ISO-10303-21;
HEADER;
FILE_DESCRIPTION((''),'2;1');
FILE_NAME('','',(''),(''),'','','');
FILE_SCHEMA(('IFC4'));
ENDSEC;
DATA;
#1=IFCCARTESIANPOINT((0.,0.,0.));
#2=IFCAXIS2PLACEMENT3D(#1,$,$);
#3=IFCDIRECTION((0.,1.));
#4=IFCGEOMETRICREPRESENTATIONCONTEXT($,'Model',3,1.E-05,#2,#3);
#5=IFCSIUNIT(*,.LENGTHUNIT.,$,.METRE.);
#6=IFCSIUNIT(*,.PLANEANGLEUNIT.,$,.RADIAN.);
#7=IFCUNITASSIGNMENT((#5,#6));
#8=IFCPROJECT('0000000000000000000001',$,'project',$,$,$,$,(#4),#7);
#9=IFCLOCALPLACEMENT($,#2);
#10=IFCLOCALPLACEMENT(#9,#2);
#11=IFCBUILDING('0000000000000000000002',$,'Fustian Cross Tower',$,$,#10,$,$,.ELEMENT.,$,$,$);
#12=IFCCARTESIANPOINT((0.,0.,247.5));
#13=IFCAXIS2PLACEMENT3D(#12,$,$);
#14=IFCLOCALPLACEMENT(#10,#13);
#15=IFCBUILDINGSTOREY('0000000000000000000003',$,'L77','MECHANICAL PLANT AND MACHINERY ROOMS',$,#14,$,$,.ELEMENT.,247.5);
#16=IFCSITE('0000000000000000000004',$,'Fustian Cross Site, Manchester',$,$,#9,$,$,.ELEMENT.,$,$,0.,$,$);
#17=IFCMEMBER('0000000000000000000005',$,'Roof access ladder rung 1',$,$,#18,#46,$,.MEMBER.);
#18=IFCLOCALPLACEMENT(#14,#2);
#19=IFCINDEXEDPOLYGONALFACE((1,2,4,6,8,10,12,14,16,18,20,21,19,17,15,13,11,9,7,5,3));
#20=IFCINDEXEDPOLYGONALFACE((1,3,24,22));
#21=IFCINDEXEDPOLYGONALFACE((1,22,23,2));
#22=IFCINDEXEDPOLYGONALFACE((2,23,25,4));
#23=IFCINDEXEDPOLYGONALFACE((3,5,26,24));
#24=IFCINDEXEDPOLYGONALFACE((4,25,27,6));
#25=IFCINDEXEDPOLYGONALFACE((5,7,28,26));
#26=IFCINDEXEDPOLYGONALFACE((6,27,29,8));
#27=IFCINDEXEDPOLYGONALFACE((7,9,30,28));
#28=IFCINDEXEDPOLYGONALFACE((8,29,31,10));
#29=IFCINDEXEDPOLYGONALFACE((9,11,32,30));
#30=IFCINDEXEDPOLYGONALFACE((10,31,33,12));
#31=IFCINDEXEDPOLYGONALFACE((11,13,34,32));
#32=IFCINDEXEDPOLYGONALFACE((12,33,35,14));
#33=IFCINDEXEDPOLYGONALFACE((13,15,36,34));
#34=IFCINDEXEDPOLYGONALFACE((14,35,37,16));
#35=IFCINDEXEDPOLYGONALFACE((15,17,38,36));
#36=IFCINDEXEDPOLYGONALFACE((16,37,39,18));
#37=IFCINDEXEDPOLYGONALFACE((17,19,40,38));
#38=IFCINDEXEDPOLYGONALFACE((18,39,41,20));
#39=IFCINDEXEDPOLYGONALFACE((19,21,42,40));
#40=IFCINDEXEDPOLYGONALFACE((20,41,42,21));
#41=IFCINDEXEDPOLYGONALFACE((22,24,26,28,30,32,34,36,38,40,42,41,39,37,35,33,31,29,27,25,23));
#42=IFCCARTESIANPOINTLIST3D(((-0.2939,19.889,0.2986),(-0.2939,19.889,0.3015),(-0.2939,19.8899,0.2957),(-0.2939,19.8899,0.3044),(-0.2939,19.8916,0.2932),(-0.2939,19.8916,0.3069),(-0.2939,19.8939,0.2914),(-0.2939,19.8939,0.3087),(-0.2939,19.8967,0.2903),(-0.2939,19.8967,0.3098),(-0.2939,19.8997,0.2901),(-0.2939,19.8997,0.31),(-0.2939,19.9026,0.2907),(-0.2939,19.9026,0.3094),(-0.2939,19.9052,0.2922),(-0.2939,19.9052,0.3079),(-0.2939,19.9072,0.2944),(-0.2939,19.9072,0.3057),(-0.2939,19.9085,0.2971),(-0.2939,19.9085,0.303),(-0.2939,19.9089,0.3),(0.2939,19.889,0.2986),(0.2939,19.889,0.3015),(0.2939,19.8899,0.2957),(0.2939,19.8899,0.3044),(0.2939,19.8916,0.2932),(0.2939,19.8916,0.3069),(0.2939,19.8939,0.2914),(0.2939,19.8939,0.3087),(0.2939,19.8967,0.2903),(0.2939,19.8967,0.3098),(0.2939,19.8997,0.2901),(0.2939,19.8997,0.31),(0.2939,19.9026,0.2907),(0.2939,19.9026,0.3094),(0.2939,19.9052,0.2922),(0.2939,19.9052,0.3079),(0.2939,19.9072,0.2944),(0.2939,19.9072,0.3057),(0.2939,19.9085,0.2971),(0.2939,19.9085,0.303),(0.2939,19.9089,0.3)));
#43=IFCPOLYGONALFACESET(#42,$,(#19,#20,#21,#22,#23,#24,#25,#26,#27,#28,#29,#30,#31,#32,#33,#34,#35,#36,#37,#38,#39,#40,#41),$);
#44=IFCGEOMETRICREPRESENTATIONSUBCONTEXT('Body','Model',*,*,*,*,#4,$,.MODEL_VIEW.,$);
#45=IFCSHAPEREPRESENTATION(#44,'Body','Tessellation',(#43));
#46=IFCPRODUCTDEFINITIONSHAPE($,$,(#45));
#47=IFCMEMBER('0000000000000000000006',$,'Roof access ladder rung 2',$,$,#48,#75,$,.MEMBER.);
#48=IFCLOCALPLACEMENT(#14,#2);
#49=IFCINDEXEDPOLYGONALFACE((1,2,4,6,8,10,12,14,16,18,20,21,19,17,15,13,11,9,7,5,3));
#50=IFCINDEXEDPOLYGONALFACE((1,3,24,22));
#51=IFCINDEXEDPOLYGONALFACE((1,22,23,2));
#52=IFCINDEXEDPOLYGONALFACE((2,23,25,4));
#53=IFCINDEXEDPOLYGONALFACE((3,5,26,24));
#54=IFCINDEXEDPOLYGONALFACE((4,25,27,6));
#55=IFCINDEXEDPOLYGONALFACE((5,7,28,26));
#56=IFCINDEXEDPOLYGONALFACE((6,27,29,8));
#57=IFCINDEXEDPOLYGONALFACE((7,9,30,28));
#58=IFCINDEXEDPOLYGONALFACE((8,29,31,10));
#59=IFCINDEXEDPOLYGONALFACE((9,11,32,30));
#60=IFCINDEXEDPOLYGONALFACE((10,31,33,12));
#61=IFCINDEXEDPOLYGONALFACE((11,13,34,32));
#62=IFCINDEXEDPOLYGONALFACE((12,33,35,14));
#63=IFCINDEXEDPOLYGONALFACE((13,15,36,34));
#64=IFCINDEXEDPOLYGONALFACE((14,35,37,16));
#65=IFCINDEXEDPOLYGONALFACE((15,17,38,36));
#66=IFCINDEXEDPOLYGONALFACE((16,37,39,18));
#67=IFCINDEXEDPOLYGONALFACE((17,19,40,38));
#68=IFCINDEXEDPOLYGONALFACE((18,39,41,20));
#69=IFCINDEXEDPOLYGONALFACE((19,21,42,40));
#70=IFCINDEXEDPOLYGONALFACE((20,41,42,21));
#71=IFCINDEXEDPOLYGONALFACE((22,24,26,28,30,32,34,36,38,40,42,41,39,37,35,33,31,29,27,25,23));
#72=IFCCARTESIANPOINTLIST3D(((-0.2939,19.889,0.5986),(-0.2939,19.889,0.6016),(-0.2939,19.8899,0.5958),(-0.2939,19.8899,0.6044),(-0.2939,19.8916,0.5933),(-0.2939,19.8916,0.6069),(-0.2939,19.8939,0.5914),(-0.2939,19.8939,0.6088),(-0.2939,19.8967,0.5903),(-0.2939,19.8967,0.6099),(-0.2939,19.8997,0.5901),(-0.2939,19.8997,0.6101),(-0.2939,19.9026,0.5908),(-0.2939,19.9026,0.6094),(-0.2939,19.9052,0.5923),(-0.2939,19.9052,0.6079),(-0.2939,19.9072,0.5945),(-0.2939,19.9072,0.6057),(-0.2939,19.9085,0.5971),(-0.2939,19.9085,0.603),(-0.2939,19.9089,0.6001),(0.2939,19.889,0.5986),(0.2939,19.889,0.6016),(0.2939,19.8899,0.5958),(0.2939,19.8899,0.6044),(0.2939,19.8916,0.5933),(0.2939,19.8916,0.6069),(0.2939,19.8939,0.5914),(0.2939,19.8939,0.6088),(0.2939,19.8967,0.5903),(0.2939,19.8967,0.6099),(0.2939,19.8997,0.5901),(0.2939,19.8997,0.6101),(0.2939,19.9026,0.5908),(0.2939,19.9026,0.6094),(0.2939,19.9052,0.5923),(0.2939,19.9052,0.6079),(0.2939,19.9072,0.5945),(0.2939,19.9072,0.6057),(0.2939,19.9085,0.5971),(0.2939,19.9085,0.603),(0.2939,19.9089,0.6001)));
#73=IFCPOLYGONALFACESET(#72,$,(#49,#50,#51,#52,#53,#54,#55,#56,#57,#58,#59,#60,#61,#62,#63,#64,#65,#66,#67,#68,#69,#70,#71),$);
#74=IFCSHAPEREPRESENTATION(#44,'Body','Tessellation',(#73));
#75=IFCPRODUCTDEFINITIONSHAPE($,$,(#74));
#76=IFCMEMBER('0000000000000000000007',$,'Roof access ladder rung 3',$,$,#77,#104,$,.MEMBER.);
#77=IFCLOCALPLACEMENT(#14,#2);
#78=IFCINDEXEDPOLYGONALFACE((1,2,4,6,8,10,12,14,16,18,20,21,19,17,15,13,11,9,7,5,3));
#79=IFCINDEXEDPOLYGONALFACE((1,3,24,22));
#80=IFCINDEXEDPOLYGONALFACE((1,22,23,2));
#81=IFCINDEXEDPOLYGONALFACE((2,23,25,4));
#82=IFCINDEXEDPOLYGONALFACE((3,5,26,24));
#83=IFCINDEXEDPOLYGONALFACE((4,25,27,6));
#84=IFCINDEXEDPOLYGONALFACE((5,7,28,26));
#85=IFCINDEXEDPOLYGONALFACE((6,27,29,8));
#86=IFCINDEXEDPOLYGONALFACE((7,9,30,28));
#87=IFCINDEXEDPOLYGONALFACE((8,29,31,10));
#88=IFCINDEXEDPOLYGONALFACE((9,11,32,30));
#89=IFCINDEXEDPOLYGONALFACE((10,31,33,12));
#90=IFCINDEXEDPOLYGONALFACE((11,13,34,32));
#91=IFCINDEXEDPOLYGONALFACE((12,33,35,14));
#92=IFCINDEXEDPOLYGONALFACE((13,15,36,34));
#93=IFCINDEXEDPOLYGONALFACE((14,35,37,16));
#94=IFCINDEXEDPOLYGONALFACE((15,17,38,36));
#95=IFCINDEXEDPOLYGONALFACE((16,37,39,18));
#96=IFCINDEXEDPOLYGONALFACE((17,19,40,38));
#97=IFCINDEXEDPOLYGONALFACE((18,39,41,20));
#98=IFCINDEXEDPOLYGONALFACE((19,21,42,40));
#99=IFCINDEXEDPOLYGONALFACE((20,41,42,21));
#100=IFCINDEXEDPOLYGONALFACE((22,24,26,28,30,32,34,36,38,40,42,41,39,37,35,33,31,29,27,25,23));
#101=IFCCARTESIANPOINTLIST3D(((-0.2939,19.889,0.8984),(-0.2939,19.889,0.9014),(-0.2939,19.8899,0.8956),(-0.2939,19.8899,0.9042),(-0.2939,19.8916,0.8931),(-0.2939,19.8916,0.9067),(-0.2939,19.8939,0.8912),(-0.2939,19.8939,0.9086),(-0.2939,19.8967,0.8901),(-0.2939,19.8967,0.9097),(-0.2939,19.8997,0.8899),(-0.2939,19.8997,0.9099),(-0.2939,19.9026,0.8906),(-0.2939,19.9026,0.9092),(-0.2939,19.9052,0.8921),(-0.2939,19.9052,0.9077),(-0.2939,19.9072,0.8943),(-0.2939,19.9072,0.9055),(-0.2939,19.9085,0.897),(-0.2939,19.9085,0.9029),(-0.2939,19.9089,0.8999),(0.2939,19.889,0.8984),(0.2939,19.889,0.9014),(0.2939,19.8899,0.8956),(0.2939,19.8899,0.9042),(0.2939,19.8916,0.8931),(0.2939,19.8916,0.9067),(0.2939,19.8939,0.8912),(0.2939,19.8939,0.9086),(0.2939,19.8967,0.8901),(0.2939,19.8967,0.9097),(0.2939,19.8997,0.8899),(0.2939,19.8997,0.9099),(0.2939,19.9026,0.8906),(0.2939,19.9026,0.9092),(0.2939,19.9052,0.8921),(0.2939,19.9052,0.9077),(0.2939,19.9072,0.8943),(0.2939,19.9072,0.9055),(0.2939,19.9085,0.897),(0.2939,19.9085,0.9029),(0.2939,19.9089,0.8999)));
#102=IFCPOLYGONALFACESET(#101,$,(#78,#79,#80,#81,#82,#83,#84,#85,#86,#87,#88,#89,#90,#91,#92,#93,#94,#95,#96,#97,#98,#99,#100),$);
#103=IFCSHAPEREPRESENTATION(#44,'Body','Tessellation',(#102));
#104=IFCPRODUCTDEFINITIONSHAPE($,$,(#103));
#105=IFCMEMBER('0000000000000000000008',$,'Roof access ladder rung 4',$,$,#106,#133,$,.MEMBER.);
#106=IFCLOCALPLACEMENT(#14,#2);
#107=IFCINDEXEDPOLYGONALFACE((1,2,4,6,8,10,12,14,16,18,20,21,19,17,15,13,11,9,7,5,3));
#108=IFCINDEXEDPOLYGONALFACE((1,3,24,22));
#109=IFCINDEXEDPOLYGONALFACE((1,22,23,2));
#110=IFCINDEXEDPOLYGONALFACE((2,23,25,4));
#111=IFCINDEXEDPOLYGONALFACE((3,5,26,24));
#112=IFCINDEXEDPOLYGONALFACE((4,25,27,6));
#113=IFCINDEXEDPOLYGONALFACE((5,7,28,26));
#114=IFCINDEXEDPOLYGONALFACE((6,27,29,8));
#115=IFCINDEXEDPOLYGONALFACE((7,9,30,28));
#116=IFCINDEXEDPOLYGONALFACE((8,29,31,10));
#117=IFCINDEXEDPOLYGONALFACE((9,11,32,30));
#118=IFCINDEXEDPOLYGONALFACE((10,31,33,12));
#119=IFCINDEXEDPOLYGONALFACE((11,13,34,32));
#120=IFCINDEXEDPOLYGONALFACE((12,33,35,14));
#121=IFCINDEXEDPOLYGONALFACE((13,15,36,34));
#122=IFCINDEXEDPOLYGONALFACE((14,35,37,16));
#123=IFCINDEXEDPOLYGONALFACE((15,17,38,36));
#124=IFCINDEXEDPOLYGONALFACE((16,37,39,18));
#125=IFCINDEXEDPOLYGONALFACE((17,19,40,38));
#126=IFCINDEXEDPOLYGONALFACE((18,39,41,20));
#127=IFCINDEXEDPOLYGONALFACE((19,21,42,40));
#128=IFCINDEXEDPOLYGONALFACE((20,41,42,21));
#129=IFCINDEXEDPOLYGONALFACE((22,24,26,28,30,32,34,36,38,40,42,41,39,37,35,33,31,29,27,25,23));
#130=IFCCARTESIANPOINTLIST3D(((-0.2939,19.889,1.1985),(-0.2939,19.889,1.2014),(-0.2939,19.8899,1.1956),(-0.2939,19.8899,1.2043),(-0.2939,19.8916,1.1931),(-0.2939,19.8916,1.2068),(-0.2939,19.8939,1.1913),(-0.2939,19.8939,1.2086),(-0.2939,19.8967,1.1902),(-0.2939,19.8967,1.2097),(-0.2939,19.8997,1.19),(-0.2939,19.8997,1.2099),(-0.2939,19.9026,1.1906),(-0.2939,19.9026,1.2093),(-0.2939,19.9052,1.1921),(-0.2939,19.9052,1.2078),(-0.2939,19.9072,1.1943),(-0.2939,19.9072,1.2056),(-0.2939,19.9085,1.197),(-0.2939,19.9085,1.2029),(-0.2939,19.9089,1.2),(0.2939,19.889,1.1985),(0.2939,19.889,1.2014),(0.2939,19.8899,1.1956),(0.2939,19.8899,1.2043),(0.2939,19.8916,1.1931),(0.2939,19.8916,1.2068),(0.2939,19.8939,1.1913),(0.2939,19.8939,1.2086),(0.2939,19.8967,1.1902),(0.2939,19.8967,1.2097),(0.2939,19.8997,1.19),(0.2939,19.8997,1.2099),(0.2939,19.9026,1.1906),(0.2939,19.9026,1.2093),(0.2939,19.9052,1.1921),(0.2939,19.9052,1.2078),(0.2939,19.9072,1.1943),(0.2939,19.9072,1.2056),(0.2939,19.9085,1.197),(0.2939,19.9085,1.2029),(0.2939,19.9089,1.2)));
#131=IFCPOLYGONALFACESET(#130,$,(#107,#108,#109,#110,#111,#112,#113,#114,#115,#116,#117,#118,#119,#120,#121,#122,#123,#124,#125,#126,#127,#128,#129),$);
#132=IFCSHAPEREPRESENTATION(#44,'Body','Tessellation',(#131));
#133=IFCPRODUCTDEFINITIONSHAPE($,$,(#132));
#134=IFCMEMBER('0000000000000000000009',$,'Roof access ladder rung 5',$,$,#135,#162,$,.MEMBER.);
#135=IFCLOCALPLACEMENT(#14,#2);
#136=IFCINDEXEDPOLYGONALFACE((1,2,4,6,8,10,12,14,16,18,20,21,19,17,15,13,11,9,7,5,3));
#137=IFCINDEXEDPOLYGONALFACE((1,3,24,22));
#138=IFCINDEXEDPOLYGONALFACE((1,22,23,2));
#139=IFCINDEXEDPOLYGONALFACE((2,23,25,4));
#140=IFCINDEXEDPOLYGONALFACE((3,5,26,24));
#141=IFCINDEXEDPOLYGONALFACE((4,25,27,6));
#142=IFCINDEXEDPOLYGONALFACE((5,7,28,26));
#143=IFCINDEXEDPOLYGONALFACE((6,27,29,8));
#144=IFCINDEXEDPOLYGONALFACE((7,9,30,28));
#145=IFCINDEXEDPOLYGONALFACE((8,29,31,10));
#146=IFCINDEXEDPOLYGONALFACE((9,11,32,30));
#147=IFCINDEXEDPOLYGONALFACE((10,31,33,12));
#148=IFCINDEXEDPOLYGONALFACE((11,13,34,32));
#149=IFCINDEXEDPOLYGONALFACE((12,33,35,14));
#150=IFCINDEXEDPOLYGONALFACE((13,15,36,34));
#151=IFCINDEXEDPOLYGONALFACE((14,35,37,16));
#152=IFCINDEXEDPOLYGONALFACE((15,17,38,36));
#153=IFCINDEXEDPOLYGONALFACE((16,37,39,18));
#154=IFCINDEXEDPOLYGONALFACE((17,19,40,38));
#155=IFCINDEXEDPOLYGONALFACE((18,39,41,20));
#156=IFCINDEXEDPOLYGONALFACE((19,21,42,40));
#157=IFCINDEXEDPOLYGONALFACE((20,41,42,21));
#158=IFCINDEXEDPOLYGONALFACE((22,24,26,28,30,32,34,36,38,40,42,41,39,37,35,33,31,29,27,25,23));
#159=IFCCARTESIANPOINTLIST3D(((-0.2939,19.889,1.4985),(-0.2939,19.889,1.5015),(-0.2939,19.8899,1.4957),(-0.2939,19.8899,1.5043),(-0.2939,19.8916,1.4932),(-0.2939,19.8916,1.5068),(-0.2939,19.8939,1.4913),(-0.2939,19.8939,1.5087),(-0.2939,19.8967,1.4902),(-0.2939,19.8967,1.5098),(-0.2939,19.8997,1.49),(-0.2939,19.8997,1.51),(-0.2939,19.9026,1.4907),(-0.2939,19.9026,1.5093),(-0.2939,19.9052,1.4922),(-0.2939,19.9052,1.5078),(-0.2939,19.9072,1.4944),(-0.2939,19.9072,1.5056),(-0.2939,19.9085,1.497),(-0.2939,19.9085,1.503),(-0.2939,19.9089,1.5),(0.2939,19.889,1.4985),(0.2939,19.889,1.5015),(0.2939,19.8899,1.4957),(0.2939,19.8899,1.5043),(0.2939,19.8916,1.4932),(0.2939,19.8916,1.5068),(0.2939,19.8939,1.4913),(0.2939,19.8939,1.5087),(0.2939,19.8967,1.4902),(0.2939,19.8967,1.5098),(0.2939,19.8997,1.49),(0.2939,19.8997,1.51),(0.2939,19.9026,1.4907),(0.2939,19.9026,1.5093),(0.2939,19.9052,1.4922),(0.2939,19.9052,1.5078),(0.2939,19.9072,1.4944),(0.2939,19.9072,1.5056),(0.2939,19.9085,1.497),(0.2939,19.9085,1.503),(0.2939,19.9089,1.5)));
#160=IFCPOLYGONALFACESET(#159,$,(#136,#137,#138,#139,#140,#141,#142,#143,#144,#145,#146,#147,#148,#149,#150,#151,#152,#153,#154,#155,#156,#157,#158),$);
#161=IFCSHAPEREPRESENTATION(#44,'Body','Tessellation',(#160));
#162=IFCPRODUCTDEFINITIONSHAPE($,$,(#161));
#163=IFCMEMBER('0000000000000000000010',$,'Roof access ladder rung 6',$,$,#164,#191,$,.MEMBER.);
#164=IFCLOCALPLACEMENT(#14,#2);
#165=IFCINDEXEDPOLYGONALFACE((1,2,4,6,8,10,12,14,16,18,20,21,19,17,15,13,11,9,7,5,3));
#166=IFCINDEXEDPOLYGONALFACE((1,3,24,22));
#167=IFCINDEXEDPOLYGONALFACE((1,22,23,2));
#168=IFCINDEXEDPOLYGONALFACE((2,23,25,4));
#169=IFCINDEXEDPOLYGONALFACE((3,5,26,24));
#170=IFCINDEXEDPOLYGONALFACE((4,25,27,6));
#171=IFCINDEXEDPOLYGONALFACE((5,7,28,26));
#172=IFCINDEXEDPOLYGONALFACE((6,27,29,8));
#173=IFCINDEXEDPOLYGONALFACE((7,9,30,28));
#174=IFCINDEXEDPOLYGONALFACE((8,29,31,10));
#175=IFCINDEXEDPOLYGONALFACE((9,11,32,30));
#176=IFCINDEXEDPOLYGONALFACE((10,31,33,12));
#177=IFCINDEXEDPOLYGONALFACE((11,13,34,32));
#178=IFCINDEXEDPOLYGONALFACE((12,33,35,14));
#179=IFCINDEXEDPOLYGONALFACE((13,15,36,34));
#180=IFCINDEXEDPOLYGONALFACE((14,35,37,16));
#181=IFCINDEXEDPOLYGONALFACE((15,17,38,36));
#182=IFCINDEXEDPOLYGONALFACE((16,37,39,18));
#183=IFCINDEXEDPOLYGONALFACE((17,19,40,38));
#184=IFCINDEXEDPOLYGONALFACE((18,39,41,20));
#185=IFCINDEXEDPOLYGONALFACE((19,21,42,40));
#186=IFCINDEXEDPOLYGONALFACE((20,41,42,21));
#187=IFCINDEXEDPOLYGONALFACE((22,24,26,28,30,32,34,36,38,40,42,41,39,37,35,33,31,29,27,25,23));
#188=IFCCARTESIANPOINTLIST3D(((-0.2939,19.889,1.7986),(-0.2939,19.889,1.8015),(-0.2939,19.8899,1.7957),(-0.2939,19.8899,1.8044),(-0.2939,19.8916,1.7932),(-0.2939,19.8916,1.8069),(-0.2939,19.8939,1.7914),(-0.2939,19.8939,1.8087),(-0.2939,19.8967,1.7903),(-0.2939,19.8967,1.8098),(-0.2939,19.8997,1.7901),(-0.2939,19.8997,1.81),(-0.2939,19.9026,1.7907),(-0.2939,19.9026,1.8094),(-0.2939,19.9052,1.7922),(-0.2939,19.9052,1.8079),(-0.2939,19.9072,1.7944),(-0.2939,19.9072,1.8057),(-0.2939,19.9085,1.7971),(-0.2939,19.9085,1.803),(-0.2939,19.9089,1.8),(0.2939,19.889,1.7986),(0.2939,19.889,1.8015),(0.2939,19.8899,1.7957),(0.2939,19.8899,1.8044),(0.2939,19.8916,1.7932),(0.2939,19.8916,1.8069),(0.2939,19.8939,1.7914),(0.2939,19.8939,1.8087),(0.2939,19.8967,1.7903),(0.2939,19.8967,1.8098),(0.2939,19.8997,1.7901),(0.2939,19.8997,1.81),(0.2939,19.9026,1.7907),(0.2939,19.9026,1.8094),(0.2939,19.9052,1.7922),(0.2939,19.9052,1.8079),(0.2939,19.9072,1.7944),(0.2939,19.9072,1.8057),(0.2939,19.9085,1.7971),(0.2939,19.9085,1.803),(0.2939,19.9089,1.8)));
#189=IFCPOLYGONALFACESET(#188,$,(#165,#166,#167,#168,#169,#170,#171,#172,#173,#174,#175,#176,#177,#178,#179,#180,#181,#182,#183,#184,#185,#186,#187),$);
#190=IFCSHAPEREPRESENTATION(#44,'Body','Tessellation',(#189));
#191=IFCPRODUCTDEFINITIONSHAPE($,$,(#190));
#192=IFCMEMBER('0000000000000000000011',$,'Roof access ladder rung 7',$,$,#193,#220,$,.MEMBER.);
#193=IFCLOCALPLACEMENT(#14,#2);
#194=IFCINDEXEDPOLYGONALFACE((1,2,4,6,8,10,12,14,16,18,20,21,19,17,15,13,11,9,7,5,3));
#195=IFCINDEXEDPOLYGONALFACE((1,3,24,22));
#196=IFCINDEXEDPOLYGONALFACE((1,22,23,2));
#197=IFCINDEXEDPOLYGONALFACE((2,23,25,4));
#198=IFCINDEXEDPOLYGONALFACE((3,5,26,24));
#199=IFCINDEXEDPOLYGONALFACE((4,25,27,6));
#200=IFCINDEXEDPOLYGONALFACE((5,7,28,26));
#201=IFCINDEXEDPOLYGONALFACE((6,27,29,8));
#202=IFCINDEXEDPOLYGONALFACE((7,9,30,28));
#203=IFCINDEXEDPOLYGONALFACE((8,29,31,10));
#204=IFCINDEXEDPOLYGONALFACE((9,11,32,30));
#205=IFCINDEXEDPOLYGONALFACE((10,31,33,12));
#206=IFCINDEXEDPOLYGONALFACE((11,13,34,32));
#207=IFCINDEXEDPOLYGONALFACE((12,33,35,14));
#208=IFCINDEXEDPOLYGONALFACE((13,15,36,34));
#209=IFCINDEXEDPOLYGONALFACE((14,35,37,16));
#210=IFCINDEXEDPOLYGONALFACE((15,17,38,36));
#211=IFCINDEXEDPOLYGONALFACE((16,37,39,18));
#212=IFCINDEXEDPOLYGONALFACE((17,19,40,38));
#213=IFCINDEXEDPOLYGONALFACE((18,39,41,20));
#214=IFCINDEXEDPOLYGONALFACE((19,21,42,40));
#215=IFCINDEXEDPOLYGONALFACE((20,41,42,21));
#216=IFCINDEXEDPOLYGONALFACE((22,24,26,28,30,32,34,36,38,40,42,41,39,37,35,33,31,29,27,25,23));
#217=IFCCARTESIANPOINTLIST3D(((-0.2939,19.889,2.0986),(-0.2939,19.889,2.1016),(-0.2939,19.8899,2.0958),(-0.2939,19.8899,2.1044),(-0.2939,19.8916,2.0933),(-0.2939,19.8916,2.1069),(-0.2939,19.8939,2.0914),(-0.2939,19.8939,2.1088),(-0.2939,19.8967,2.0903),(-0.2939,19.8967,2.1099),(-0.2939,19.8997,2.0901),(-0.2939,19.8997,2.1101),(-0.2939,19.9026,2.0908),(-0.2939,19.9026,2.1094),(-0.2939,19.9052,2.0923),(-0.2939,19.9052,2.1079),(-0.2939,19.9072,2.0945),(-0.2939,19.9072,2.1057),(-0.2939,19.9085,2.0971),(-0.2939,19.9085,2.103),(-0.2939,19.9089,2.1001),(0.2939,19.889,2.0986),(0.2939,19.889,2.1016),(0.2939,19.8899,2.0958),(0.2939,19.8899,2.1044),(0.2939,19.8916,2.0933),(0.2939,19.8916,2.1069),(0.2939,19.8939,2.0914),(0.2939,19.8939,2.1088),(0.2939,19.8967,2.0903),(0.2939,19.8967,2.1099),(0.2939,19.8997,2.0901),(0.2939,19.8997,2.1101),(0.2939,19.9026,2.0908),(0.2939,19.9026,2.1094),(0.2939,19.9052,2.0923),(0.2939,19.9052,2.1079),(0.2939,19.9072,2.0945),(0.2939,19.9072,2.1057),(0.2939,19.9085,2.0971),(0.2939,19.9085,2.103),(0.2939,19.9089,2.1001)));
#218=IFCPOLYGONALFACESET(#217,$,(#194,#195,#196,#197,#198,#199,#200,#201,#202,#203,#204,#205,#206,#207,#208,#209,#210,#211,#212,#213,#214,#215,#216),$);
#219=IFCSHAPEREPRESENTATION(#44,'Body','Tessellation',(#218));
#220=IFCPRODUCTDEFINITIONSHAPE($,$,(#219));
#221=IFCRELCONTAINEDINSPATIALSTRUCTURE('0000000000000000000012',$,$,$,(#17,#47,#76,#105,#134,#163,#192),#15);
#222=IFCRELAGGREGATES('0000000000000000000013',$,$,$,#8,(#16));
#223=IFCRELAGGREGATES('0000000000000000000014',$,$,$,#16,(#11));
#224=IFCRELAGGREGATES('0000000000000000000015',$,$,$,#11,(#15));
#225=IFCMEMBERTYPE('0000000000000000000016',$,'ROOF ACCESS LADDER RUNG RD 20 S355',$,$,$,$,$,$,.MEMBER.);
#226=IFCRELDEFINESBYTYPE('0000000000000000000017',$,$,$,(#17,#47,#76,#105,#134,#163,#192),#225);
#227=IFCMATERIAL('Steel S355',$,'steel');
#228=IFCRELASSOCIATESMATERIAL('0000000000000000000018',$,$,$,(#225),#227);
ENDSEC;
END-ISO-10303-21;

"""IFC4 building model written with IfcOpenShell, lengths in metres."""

from ifc_helpers import new_model, si_unit, direction, frame, origin, origin_2d, place, context, subcontext, project, spatial, circle, extrude, material, material_profile, profile_set, type_object, element, save


model = new_model("IFC4")

# Units and contexts
model_context = context("Model", 3, precision=1e-05, world=origin(), true_north=direction((0.0, 1.0)))
body_context = subcontext(model_context, "Body", "Model", "MODEL_VIEW")
ifc_project = project(units=[si_unit("LENGTHUNIT", "METRE"), si_unit("PLANEANGLEUNIT", "RADIAN")], contexts=[model_context])

# Site, building, storey
site_placement = place(None, origin())
site = spatial("IfcSite", under=ifc_project, at=site_placement, Name="Fustian Cross Site, Manchester", CompositionType="ELEMENT", RefElevation=0.0)
building_placement = place(site_placement, origin())
building = spatial("IfcBuilding", under=site, at=building_placement, Name="Fustian Cross Tower", CompositionType="ELEMENT")
storey_placement = place(building_placement, frame((0.0, 0.0, 247.5)))
storey = spatial("IfcBuildingStorey", under=building, at=storey_placement, Name="L77", Description="MECHANICAL PLANT AND MACHINERY ROOMS", CompositionType="ELEMENT", Elevation=247.5)

# Members
ifc_material_1 = material(Name="Steel S355", Category="steel")
ifc_material_profile_1 = material_profile(ifc_material_1, circle(Radius=0.01, at=origin_2d()), Name="ROOF ACCESS LADDER RUNG RD 20 S355")
ifc_profile_set_1 = profile_set([ifc_material_profile_1], Name="Steel S355")
member_type_1 = type_object("IfcMemberType", Name="ROOF ACCESS LADDER RUNG RD 20 S355", PredefinedType="MEMBER", material=ifc_profile_set_1)
for number, where, z_axis, x_axis, name in (
    (1, (-0.2939, 19.8989, 0.3), (1.0, 0.0, 0.0), (0.0, 1.0, 0.0), "Roof access ladder rung 1"),
    (2, (-0.2939, 19.8989, 0.6001), (1.0, 0.0, 0.0), (0.0, 1.0, 0.0), "Roof access ladder rung 2"),
    (3, (-0.2939, 19.8989, 0.8999), (1.0, 0.0, 0.0), (0.0, 1.0, 0.0), "Roof access ladder rung 3"),
    (4, (-0.2939, 19.8989, 1.2), (1.0, 0.0, 0.0), (0.0, 1.0, 0.0), "Roof access ladder rung 4"),
    (5, (-0.2939, 19.8989, 1.5), (1.0, 0.0, 0.0), (0.0, 1.0, 0.0), "Roof access ladder rung 5"),
    (6, (-0.2939, 19.8989, 1.8), (1.0, 0.0, 0.0), (0.0, 1.0, 0.0), "Roof access ladder rung 6"),
    (7, (-0.2939, 19.8989, 2.1001), (1.0, 0.0, 0.0), (0.0, 1.0, 0.0), "Roof access ladder rung 7"),
):
    element("IfcMember", number, at=place(storey_placement, frame(where, z_axis=z_axis, x_axis=x_axis)), inside=storey, type_object=member_type_1, Name=name, PredefinedType="MEMBER", context=body_context, shape_type="SweptSolid", body=[
        extrude(circle(Radius=0.01, at=origin_2d()), origin(), (0.0, 0.0, 1.0), 0.5879),
    ])

save(model, "model.ifc")
